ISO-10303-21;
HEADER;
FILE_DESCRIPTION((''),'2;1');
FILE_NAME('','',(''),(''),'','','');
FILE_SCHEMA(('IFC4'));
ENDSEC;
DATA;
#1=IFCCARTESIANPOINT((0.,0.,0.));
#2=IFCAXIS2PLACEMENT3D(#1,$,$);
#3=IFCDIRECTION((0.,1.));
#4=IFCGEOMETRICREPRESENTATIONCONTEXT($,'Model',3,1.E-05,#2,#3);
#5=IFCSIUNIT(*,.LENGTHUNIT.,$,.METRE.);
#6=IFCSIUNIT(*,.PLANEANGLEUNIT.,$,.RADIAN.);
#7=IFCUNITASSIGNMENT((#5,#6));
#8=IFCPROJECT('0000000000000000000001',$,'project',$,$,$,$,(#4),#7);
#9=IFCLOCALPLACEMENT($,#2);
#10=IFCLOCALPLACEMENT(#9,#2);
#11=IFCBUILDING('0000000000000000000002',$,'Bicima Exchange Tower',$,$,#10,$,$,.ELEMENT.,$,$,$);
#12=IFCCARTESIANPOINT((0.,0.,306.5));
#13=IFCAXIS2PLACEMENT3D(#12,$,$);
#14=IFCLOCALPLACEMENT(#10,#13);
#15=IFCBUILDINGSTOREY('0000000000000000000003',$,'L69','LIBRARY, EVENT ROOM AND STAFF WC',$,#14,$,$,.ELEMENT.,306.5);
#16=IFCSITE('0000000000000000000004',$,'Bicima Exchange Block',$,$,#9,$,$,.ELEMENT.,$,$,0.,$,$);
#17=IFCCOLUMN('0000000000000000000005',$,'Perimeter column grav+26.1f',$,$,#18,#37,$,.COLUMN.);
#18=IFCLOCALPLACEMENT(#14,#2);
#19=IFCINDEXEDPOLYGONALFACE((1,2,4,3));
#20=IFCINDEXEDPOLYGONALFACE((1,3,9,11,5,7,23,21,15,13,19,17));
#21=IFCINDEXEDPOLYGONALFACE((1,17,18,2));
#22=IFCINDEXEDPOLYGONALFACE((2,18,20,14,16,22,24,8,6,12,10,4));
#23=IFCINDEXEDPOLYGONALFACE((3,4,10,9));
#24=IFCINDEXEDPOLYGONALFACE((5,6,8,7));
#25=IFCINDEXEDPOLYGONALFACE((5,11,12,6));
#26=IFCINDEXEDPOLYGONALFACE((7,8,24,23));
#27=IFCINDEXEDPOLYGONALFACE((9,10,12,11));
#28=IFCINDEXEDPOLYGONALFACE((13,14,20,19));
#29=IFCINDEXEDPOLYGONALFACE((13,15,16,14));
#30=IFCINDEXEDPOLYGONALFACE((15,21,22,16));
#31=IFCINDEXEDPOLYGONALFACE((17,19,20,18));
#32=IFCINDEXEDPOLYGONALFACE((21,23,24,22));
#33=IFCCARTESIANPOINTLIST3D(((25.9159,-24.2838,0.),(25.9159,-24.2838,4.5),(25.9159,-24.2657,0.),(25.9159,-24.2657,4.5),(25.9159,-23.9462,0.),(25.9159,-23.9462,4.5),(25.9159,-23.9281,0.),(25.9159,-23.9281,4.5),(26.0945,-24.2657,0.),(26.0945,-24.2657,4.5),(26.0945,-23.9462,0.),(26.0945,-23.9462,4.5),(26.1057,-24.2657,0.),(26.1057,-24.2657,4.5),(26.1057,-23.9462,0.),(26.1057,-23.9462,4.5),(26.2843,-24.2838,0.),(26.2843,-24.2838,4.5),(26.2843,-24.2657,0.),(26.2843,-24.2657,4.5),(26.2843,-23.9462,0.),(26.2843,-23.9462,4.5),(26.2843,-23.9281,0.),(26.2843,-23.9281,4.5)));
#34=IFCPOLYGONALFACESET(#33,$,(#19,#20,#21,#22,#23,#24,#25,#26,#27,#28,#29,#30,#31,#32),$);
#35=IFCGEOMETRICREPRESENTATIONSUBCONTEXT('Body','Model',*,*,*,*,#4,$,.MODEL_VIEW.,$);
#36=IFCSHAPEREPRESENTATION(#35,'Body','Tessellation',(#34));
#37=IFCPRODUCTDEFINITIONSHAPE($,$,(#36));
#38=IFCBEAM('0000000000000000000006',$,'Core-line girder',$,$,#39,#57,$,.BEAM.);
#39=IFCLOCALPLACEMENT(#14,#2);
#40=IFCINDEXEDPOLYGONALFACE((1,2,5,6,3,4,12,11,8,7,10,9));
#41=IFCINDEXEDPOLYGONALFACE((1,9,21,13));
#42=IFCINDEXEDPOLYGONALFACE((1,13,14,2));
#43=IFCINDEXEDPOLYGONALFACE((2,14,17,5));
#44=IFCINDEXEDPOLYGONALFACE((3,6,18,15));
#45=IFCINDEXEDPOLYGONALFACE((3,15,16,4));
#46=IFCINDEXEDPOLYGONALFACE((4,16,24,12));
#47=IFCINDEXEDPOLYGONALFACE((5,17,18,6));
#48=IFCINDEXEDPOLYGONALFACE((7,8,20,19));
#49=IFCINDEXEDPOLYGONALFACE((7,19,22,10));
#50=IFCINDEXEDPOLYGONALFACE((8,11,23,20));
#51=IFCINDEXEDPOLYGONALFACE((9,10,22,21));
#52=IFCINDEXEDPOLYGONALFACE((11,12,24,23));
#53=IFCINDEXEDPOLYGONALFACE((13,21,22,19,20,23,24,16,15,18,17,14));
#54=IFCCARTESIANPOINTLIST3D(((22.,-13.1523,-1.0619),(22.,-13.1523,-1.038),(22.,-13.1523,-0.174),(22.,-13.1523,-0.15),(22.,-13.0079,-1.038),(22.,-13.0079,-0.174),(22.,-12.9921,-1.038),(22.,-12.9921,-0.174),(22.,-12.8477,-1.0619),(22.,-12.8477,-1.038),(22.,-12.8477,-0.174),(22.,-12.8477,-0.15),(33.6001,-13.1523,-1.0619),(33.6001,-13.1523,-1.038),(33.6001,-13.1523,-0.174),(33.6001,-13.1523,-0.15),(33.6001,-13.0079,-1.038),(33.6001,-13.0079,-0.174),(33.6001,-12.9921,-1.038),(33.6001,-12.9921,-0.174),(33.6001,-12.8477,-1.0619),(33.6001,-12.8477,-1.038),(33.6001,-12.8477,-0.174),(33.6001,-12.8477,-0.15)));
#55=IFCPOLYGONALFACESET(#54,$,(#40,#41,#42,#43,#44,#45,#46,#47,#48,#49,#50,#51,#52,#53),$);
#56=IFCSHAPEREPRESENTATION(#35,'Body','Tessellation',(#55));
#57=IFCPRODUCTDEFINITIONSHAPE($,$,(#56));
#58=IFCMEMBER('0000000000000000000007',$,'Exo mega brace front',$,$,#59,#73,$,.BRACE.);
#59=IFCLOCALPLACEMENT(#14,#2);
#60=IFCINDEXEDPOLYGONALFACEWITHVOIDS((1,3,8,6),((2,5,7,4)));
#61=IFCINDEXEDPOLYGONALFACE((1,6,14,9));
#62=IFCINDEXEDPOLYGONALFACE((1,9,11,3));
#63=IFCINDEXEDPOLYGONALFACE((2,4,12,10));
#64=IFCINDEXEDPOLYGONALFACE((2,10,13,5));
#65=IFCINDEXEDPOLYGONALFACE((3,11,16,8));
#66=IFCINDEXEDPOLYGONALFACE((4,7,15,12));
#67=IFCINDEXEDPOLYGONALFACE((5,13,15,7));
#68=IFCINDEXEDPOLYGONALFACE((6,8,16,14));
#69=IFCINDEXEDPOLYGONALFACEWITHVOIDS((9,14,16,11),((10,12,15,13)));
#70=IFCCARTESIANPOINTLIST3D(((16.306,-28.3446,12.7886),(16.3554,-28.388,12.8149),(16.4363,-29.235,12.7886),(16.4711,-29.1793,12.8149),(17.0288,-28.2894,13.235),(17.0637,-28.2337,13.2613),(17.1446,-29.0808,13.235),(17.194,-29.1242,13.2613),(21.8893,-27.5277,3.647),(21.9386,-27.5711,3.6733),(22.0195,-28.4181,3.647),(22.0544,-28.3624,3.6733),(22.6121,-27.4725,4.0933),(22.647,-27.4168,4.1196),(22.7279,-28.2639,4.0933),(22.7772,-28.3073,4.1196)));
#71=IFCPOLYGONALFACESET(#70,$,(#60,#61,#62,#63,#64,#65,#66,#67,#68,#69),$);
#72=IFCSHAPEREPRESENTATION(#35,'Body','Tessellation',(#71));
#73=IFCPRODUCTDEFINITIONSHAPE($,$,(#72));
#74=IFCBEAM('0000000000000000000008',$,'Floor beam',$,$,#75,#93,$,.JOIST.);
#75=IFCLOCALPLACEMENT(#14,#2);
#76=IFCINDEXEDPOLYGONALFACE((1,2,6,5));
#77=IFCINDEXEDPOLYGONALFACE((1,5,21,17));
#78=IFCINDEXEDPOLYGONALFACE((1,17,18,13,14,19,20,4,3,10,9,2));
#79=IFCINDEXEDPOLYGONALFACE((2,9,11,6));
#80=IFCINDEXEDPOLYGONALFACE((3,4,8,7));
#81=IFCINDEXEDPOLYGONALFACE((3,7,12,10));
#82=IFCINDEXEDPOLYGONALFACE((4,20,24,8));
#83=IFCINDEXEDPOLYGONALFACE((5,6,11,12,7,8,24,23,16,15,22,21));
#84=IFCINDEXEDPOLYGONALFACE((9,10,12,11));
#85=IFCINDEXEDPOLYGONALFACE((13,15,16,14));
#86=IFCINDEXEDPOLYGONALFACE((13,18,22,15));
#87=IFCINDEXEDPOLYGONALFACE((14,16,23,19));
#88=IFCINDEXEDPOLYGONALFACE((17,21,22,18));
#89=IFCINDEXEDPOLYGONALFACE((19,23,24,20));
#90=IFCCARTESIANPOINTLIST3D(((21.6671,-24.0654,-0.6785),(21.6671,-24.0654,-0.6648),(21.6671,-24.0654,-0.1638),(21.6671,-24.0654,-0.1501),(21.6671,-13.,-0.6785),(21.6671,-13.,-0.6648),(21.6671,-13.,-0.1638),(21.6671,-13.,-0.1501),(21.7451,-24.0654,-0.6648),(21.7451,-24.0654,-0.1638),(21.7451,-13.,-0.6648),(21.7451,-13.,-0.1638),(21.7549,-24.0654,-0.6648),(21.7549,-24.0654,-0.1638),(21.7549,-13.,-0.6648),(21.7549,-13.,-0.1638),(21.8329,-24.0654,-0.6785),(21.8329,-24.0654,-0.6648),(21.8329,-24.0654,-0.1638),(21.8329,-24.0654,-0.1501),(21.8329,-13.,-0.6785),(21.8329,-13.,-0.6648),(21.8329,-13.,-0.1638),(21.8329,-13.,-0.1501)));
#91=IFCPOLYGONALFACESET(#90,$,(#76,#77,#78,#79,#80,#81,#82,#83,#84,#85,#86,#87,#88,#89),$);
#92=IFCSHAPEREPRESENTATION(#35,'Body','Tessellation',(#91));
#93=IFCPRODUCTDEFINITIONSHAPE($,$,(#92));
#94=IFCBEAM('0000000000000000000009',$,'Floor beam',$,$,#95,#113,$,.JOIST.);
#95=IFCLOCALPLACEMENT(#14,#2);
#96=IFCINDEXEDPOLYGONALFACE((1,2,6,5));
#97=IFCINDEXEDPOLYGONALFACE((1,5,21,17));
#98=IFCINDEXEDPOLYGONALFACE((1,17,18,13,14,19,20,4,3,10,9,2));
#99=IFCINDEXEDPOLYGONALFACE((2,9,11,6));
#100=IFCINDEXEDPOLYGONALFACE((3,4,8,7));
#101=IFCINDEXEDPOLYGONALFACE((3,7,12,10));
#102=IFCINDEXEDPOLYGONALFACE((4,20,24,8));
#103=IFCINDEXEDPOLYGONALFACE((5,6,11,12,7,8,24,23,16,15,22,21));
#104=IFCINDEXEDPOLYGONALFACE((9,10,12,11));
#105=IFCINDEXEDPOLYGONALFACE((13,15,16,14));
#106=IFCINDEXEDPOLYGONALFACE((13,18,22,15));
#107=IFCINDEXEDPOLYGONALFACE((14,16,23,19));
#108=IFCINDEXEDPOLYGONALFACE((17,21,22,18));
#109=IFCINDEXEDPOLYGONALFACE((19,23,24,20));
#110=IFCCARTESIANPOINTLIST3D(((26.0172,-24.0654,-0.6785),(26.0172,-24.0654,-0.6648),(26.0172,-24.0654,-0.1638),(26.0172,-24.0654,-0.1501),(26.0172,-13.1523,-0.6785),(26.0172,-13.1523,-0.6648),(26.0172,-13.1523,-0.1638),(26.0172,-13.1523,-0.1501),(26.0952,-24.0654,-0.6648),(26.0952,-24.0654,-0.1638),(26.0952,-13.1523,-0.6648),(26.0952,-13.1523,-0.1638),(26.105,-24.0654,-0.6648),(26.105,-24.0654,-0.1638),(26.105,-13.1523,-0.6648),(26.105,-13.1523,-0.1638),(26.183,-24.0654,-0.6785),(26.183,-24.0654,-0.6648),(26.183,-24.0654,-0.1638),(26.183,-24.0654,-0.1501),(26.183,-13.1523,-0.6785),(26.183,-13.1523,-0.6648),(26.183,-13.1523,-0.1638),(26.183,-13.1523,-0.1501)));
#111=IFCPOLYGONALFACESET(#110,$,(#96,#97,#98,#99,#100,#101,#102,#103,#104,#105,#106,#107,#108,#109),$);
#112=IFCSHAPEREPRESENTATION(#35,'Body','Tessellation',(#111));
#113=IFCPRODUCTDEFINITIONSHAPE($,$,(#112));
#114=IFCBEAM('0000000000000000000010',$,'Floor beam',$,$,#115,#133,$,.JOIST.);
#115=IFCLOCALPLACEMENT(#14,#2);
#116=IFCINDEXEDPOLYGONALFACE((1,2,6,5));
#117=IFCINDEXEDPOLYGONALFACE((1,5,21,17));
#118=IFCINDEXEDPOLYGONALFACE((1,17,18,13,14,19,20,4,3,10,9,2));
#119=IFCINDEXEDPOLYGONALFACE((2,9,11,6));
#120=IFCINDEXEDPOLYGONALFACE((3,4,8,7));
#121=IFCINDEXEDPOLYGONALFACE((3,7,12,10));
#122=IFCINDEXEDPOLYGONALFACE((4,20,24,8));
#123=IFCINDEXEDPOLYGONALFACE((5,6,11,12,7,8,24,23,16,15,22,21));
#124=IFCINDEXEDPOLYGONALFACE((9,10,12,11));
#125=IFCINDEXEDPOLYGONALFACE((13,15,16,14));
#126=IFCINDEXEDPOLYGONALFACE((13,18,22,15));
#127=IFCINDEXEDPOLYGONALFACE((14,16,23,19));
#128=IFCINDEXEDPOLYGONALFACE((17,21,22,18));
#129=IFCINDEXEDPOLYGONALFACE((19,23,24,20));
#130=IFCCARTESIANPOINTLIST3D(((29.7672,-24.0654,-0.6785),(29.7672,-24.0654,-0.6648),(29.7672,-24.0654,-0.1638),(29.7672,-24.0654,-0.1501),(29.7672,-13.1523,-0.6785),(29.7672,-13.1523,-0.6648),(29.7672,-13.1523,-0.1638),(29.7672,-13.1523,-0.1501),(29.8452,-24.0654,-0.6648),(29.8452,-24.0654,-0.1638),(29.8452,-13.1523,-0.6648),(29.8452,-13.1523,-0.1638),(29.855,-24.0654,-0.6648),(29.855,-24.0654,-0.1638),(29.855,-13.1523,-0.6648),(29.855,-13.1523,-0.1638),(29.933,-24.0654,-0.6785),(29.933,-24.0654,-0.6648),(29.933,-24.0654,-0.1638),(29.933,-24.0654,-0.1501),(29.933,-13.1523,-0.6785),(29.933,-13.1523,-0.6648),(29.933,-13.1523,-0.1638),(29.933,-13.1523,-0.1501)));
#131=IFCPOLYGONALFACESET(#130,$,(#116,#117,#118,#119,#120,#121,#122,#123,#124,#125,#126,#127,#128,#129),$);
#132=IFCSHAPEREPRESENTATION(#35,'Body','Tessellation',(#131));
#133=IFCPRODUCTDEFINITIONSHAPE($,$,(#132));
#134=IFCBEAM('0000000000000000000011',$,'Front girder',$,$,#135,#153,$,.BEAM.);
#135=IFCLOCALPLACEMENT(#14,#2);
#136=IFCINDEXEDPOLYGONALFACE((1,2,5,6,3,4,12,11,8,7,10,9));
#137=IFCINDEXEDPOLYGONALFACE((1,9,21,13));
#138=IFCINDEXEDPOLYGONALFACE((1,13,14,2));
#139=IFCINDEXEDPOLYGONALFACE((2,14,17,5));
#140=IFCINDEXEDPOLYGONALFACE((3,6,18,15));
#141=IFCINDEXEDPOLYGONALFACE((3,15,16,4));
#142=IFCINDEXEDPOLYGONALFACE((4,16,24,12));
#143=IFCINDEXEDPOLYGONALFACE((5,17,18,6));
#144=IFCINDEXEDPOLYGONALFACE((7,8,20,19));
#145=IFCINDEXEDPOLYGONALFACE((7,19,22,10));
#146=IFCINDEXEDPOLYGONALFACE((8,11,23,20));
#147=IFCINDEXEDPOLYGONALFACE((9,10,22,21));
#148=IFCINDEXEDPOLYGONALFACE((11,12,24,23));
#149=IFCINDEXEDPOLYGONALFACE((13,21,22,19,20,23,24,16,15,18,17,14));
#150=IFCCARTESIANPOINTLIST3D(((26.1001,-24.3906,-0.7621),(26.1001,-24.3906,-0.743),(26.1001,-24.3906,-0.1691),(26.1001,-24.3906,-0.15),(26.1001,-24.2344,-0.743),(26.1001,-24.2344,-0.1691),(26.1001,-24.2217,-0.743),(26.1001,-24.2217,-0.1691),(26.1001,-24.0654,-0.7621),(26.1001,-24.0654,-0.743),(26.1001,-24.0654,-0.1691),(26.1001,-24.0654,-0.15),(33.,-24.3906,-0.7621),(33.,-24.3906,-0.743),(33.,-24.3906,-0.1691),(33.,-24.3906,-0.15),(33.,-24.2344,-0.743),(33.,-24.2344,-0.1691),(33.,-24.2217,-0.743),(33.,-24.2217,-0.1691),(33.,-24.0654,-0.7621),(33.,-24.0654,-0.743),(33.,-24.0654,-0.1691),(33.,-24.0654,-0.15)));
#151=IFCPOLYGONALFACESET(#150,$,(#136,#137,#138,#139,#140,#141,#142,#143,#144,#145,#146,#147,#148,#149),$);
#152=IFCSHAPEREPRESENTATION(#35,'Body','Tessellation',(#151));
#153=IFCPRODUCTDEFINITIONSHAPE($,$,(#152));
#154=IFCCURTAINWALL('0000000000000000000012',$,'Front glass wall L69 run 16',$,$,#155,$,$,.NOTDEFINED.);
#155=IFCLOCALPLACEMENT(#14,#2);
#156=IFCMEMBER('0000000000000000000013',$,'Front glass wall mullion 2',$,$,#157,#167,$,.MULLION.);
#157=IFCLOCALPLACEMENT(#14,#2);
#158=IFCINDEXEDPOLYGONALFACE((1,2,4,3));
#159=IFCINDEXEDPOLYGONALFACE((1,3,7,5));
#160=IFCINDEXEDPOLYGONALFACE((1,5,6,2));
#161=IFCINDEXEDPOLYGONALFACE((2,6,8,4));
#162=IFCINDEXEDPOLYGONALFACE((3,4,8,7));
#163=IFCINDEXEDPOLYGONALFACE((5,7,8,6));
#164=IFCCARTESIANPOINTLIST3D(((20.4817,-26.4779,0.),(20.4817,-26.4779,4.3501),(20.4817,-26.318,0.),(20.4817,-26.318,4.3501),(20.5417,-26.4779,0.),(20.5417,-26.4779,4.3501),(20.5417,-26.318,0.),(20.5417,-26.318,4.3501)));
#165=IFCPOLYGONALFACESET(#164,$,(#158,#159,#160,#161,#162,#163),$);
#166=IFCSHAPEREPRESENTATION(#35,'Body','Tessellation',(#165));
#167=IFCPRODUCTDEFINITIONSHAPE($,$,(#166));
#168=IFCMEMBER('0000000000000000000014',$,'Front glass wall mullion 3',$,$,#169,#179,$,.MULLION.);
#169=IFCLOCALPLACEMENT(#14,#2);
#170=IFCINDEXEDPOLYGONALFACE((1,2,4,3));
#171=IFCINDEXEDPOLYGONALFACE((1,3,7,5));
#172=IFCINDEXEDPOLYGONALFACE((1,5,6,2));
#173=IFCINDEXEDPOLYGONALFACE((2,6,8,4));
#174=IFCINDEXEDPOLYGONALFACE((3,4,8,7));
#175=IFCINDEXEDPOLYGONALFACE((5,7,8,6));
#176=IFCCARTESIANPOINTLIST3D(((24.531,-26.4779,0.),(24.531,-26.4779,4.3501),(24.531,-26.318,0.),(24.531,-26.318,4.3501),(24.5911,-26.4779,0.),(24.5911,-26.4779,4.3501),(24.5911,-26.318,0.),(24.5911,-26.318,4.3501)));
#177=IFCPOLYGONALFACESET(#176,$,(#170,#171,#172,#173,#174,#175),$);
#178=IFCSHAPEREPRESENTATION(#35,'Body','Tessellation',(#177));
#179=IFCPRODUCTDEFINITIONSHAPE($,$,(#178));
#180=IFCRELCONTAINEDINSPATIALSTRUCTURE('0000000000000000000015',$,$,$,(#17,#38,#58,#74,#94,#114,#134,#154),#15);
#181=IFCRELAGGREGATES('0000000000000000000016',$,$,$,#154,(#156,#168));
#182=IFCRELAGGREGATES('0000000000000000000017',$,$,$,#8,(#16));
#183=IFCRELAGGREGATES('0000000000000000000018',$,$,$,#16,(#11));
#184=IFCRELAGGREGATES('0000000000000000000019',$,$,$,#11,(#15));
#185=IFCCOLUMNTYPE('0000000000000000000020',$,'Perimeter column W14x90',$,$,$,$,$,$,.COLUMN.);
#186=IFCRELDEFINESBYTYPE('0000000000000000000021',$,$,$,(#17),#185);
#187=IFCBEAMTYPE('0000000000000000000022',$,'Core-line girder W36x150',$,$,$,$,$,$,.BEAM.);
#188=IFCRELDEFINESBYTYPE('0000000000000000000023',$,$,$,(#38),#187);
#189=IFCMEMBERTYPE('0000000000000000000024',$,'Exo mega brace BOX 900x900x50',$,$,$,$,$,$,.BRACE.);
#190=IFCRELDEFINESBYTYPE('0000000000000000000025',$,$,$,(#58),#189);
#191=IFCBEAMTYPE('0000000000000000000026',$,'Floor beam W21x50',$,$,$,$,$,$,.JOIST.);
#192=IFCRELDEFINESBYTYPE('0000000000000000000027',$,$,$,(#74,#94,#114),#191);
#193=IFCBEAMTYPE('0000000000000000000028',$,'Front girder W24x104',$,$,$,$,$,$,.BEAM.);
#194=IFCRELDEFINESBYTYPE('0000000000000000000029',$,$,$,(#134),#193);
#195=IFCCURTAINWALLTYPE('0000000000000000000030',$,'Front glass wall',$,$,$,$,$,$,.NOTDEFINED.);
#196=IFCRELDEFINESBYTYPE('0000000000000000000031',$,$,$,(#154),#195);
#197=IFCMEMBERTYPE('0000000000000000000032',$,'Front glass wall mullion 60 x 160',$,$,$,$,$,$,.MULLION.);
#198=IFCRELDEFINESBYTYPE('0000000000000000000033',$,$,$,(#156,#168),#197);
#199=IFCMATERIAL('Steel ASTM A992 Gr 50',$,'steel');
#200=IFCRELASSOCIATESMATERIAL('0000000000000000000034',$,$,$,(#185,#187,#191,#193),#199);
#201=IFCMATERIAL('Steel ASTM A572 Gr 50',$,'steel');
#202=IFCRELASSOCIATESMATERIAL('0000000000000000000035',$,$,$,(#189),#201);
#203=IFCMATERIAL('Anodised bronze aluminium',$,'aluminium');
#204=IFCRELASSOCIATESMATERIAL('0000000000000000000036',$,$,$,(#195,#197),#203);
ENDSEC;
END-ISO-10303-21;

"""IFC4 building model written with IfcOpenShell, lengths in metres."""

from ifc_helpers import new_model, si_unit, direction, frame, origin, origin_2d, place, context, subcontext, project, spatial, rectangle, hollow_rectangle, i_section, extrude, material, material_profile, profile_set, type_object, element, aggregate, save


model = new_model("IFC4")

# Units and contexts
model_context = context("Model", 3, precision=1e-05, world=origin(), true_north=direction((0.0, 1.0)))
body_context = subcontext(model_context, "Body", "Model", "MODEL_VIEW")
ifc_project = project(units=[si_unit("LENGTHUNIT", "METRE"), si_unit("PLANEANGLEUNIT", "RADIAN")], contexts=[model_context])

# Site, building, storey
site_placement = place(None, origin())
site = spatial("IfcSite", under=ifc_project, at=site_placement, Name="Bicima Exchange Block", CompositionType="ELEMENT", RefElevation=0.0)
building_placement = place(site_placement, origin())
building = spatial("IfcBuilding", under=site, at=building_placement, Name="Bicima Exchange Tower", CompositionType="ELEMENT")
storey_placement = place(building_placement, frame((0.0, 0.0, 306.5)))
storey = spatial("IfcBuildingStorey", under=building, at=storey_placement, Name="L69", Description="LIBRARY, EVENT ROOM AND STAFF WC", CompositionType="ELEMENT", Elevation=306.5)

# Column
ifc_material_1 = material(Name="Steel ASTM A992 Gr 50", Category="steel")
ifc_material_profile_1 = material_profile(ifc_material_1, i_section(OverallWidth=0.3684, OverallDepth=0.3557, WebThickness=0.0112, FlangeThickness=0.0181, at=origin_2d()))
ifc_profile_set_1 = profile_set([ifc_material_profile_1], Name="Steel ASTM A992 Gr 50")
column_type = type_object("IfcColumnType", Name="Perimeter column W14x90", PredefinedType="COLUMN", material=ifc_profile_set_1)
column_placement = place(storey_placement, frame((26.1001, -24.106, 0.0), z_axis=(0.0, 0.0, 1.0), x_axis=(1.0, 0.0, 0.0)))
element("IfcColumn", 1, at=column_placement, inside=storey, type_object=column_type, Name="Perimeter column grav+26.1f", PredefinedType="COLUMN", context=body_context, shape_type="SweptSolid", body=[
    extrude(i_section(OverallWidth=0.3684, OverallDepth=0.3557, WebThickness=0.0112, FlangeThickness=0.0181, at=origin_2d()), origin(), (0.0, 0.0, 1.0), 4.5),
])

# Beam
ifc_material_profile_2 = material_profile(ifc_material_1, i_section(OverallWidth=0.3047, OverallDepth=0.9119, WebThickness=0.0159, FlangeThickness=0.0239, at=origin_2d()))
ifc_profile_set_2 = profile_set([ifc_material_profile_2], Name="Steel ASTM A992 Gr 50")
beam_type_1 = type_object("IfcBeamType", Name="Core-line girder W36x150", PredefinedType="BEAM", material=ifc_profile_set_2)
beam_1_placement = place(storey_placement, frame((22.0, -13.0, -0.606), z_axis=(1.0, 0.0, 0.0), x_axis=(0.0, 1.0, 0.0)))
element("IfcBeam", 2, at=beam_1_placement, inside=storey, type_object=beam_type_1, Name="Core-line girder", PredefinedType="BEAM", context=body_context, shape_type="SweptSolid", body=[
    extrude(i_section(OverallWidth=0.3047, OverallDepth=0.9119, WebThickness=0.0159, FlangeThickness=0.0239, at=origin_2d()), origin(), (0.0, 0.0, 1.0), 11.6001),
])

# Member
ifc_material_2 = material(Name="Steel ASTM A572 Gr 50", Category="steel")
ifc_material_profile_3 = material_profile(ifc_material_2, hollow_rectangle(XDim=0.8999, YDim=0.8999, WallThickness=0.05, at=origin_2d()))
ifc_profile_set_3 = profile_set([ifc_material_profile_3], Name="Steel ASTM A572 Gr 50")
member_type_1 = type_object("IfcMemberType", Name="Exo mega brace BOX 900x900x50", PredefinedType="BRACE", material=ifc_profile_set_3)
member_1_placement = place(storey_placement, frame((22.3333, -27.9175, 3.8833), z_axis=(-0.519718, -0.076041, 0.850947), x_axis=(0.14477, -0.989465, 0.0)))
element("IfcMember", 3, at=member_1_placement, inside=storey, type_object=member_type_1, Name="Exo mega brace front", PredefinedType="BRACE", context=body_context, shape_type="SweptSolid", body=[
    extrude(hollow_rectangle(XDim=0.8999, YDim=0.8999, WallThickness=0.05, at=origin_2d()), origin(), (0.0, 0.0, 1.0), 10.7429),
])

# Beams
ifc_material_profile_4 = material_profile(ifc_material_1, i_section(OverallWidth=0.1658, OverallDepth=0.5283, WebThickness=0.0098, FlangeThickness=0.0137, at=origin_2d()))
ifc_profile_set_4 = profile_set([ifc_material_profile_4], Name="Steel ASTM A992 Gr 50")
beam_type_2 = type_object("IfcBeamType", Name="Floor beam W21x50", PredefinedType="JOIST", material=ifc_profile_set_4)
beam_2_placement = place(storey_placement, frame((21.75, -13.0, -0.4143), z_axis=(0.0, -1.0, 0.0), x_axis=(1.0, 0.0, 0.0)))
element("IfcBeam", 4, at=beam_2_placement, inside=storey, type_object=beam_type_2, Name="Floor beam", PredefinedType="JOIST", context=body_context, shape_type="SweptSolid", body=[
    extrude(i_section(OverallWidth=0.1658, OverallDepth=0.5283, WebThickness=0.0098, FlangeThickness=0.0137, at=origin_2d()), origin(), (0.0, 0.0, 1.0), 11.0654),
])
for number, where, z_axis, x_axis, name in (
    (5, (26.1001, -13.1523, -0.4143), (0.0, -1.0, 0.0), (1.0, 0.0, 0.0), "Floor beam"),
    (6, (29.8501, -13.1523, -0.4143), (0.0, -1.0, 0.0), (1.0, 0.0, 0.0), "Floor beam"),
):
    element("IfcBeam", number, at=place(storey_placement, frame(where, z_axis=z_axis, x_axis=x_axis)), inside=storey, type_object=beam_type_2, Name=name, PredefinedType="JOIST", context=body_context, shape_type="SweptSolid", body=[
        extrude(i_section(OverallWidth=0.1658, OverallDepth=0.5283, WebThickness=0.0098, FlangeThickness=0.0137, at=origin_2d()), origin(), (0.0, 0.0, 1.0), 10.9131),
    ])
ifc_material_profile_5 = material_profile(ifc_material_1, i_section(OverallWidth=0.3252, OverallDepth=0.6121, WebThickness=0.0127, FlangeThickness=0.019, at=origin_2d()))
ifc_profile_set_5 = profile_set([ifc_material_profile_5], Name="Steel ASTM A992 Gr 50")
beam_type_3 = type_object("IfcBeamType", Name="Front girder W24x104", PredefinedType="BEAM", material=ifc_profile_set_5)
beam_3_placement = place(storey_placement, frame((26.1001, -24.228, -0.4561), z_axis=(1.0, 0.0, 0.0), x_axis=(0.0, 1.0, 0.0)))
element("IfcBeam", 7, at=beam_3_placement, inside=storey, type_object=beam_type_3, Name="Front girder", PredefinedType="BEAM", context=body_context, shape_type="SweptSolid", body=[
    extrude(i_section(OverallWidth=0.3252, OverallDepth=0.6121, WebThickness=0.0127, FlangeThickness=0.019, at=origin_2d()), origin(), (0.0, 0.0, 1.0), 6.8999),
])

# Curtain wall, members
ifc_material_3 = material(Name="Anodised bronze aluminium", Category="aluminium")
curtain_wall_type = type_object("IfcCurtainWallType", Name="Front glass wall", PredefinedType="NOTDEFINED", material=ifc_material_3)
curtain_wall_1_placement = place(storey_placement, origin())
curtain_wall_1 = element("IfcCurtainWall", 8, at=curtain_wall_1_placement, inside=storey, type_object=curtain_wall_type, Name="Front glass wall L69 run 16", PredefinedType="NOTDEFINED")
ifc_material_profile_6 = material_profile(ifc_material_3, rectangle(XDim=0.1599, YDim=0.0601, at=origin_2d()))
ifc_profile_set_6 = profile_set([ifc_material_profile_6], Name="Anodised bronze aluminium")
member_type_2 = type_object("IfcMemberType", Name="Front glass wall mullion 60 x 160", PredefinedType="MULLION", material=ifc_profile_set_6)
member_2_placement = place(storey_placement, frame((20.5117, -26.3979, 0.0), z_axis=(0.0, 0.0, 1.0), x_axis=(0.0, 1.0, 0.0)))
member_2 = element("IfcMember", 9, at=member_2_placement, type_object=member_type_2, Name="Front glass wall mullion 2", PredefinedType="MULLION", context=body_context, shape_type="SweptSolid", body=[
    extrude(rectangle(XDim=0.1599, YDim=0.0601, at=origin_2d()), origin(), (0.0, 0.0, 1.0), 4.3501),
])
member_3_placement = place(storey_placement, frame((24.561, -26.3979, 0.0), z_axis=(0.0, 0.0, 1.0), x_axis=(0.0, 1.0, 0.0)))
member_3 = element("IfcMember", 10, at=member_3_placement, type_object=member_type_2, Name="Front glass wall mullion 3", PredefinedType="MULLION", context=body_context, shape_type="SweptSolid", body=[
    extrude(rectangle(XDim=0.1599, YDim=0.0601, at=origin_2d()), origin(), (0.0, 0.0, 1.0), 4.3501),
])

aggregate(curtain_wall_1, [member_2, member_3])

save(model, "model.ifc")
